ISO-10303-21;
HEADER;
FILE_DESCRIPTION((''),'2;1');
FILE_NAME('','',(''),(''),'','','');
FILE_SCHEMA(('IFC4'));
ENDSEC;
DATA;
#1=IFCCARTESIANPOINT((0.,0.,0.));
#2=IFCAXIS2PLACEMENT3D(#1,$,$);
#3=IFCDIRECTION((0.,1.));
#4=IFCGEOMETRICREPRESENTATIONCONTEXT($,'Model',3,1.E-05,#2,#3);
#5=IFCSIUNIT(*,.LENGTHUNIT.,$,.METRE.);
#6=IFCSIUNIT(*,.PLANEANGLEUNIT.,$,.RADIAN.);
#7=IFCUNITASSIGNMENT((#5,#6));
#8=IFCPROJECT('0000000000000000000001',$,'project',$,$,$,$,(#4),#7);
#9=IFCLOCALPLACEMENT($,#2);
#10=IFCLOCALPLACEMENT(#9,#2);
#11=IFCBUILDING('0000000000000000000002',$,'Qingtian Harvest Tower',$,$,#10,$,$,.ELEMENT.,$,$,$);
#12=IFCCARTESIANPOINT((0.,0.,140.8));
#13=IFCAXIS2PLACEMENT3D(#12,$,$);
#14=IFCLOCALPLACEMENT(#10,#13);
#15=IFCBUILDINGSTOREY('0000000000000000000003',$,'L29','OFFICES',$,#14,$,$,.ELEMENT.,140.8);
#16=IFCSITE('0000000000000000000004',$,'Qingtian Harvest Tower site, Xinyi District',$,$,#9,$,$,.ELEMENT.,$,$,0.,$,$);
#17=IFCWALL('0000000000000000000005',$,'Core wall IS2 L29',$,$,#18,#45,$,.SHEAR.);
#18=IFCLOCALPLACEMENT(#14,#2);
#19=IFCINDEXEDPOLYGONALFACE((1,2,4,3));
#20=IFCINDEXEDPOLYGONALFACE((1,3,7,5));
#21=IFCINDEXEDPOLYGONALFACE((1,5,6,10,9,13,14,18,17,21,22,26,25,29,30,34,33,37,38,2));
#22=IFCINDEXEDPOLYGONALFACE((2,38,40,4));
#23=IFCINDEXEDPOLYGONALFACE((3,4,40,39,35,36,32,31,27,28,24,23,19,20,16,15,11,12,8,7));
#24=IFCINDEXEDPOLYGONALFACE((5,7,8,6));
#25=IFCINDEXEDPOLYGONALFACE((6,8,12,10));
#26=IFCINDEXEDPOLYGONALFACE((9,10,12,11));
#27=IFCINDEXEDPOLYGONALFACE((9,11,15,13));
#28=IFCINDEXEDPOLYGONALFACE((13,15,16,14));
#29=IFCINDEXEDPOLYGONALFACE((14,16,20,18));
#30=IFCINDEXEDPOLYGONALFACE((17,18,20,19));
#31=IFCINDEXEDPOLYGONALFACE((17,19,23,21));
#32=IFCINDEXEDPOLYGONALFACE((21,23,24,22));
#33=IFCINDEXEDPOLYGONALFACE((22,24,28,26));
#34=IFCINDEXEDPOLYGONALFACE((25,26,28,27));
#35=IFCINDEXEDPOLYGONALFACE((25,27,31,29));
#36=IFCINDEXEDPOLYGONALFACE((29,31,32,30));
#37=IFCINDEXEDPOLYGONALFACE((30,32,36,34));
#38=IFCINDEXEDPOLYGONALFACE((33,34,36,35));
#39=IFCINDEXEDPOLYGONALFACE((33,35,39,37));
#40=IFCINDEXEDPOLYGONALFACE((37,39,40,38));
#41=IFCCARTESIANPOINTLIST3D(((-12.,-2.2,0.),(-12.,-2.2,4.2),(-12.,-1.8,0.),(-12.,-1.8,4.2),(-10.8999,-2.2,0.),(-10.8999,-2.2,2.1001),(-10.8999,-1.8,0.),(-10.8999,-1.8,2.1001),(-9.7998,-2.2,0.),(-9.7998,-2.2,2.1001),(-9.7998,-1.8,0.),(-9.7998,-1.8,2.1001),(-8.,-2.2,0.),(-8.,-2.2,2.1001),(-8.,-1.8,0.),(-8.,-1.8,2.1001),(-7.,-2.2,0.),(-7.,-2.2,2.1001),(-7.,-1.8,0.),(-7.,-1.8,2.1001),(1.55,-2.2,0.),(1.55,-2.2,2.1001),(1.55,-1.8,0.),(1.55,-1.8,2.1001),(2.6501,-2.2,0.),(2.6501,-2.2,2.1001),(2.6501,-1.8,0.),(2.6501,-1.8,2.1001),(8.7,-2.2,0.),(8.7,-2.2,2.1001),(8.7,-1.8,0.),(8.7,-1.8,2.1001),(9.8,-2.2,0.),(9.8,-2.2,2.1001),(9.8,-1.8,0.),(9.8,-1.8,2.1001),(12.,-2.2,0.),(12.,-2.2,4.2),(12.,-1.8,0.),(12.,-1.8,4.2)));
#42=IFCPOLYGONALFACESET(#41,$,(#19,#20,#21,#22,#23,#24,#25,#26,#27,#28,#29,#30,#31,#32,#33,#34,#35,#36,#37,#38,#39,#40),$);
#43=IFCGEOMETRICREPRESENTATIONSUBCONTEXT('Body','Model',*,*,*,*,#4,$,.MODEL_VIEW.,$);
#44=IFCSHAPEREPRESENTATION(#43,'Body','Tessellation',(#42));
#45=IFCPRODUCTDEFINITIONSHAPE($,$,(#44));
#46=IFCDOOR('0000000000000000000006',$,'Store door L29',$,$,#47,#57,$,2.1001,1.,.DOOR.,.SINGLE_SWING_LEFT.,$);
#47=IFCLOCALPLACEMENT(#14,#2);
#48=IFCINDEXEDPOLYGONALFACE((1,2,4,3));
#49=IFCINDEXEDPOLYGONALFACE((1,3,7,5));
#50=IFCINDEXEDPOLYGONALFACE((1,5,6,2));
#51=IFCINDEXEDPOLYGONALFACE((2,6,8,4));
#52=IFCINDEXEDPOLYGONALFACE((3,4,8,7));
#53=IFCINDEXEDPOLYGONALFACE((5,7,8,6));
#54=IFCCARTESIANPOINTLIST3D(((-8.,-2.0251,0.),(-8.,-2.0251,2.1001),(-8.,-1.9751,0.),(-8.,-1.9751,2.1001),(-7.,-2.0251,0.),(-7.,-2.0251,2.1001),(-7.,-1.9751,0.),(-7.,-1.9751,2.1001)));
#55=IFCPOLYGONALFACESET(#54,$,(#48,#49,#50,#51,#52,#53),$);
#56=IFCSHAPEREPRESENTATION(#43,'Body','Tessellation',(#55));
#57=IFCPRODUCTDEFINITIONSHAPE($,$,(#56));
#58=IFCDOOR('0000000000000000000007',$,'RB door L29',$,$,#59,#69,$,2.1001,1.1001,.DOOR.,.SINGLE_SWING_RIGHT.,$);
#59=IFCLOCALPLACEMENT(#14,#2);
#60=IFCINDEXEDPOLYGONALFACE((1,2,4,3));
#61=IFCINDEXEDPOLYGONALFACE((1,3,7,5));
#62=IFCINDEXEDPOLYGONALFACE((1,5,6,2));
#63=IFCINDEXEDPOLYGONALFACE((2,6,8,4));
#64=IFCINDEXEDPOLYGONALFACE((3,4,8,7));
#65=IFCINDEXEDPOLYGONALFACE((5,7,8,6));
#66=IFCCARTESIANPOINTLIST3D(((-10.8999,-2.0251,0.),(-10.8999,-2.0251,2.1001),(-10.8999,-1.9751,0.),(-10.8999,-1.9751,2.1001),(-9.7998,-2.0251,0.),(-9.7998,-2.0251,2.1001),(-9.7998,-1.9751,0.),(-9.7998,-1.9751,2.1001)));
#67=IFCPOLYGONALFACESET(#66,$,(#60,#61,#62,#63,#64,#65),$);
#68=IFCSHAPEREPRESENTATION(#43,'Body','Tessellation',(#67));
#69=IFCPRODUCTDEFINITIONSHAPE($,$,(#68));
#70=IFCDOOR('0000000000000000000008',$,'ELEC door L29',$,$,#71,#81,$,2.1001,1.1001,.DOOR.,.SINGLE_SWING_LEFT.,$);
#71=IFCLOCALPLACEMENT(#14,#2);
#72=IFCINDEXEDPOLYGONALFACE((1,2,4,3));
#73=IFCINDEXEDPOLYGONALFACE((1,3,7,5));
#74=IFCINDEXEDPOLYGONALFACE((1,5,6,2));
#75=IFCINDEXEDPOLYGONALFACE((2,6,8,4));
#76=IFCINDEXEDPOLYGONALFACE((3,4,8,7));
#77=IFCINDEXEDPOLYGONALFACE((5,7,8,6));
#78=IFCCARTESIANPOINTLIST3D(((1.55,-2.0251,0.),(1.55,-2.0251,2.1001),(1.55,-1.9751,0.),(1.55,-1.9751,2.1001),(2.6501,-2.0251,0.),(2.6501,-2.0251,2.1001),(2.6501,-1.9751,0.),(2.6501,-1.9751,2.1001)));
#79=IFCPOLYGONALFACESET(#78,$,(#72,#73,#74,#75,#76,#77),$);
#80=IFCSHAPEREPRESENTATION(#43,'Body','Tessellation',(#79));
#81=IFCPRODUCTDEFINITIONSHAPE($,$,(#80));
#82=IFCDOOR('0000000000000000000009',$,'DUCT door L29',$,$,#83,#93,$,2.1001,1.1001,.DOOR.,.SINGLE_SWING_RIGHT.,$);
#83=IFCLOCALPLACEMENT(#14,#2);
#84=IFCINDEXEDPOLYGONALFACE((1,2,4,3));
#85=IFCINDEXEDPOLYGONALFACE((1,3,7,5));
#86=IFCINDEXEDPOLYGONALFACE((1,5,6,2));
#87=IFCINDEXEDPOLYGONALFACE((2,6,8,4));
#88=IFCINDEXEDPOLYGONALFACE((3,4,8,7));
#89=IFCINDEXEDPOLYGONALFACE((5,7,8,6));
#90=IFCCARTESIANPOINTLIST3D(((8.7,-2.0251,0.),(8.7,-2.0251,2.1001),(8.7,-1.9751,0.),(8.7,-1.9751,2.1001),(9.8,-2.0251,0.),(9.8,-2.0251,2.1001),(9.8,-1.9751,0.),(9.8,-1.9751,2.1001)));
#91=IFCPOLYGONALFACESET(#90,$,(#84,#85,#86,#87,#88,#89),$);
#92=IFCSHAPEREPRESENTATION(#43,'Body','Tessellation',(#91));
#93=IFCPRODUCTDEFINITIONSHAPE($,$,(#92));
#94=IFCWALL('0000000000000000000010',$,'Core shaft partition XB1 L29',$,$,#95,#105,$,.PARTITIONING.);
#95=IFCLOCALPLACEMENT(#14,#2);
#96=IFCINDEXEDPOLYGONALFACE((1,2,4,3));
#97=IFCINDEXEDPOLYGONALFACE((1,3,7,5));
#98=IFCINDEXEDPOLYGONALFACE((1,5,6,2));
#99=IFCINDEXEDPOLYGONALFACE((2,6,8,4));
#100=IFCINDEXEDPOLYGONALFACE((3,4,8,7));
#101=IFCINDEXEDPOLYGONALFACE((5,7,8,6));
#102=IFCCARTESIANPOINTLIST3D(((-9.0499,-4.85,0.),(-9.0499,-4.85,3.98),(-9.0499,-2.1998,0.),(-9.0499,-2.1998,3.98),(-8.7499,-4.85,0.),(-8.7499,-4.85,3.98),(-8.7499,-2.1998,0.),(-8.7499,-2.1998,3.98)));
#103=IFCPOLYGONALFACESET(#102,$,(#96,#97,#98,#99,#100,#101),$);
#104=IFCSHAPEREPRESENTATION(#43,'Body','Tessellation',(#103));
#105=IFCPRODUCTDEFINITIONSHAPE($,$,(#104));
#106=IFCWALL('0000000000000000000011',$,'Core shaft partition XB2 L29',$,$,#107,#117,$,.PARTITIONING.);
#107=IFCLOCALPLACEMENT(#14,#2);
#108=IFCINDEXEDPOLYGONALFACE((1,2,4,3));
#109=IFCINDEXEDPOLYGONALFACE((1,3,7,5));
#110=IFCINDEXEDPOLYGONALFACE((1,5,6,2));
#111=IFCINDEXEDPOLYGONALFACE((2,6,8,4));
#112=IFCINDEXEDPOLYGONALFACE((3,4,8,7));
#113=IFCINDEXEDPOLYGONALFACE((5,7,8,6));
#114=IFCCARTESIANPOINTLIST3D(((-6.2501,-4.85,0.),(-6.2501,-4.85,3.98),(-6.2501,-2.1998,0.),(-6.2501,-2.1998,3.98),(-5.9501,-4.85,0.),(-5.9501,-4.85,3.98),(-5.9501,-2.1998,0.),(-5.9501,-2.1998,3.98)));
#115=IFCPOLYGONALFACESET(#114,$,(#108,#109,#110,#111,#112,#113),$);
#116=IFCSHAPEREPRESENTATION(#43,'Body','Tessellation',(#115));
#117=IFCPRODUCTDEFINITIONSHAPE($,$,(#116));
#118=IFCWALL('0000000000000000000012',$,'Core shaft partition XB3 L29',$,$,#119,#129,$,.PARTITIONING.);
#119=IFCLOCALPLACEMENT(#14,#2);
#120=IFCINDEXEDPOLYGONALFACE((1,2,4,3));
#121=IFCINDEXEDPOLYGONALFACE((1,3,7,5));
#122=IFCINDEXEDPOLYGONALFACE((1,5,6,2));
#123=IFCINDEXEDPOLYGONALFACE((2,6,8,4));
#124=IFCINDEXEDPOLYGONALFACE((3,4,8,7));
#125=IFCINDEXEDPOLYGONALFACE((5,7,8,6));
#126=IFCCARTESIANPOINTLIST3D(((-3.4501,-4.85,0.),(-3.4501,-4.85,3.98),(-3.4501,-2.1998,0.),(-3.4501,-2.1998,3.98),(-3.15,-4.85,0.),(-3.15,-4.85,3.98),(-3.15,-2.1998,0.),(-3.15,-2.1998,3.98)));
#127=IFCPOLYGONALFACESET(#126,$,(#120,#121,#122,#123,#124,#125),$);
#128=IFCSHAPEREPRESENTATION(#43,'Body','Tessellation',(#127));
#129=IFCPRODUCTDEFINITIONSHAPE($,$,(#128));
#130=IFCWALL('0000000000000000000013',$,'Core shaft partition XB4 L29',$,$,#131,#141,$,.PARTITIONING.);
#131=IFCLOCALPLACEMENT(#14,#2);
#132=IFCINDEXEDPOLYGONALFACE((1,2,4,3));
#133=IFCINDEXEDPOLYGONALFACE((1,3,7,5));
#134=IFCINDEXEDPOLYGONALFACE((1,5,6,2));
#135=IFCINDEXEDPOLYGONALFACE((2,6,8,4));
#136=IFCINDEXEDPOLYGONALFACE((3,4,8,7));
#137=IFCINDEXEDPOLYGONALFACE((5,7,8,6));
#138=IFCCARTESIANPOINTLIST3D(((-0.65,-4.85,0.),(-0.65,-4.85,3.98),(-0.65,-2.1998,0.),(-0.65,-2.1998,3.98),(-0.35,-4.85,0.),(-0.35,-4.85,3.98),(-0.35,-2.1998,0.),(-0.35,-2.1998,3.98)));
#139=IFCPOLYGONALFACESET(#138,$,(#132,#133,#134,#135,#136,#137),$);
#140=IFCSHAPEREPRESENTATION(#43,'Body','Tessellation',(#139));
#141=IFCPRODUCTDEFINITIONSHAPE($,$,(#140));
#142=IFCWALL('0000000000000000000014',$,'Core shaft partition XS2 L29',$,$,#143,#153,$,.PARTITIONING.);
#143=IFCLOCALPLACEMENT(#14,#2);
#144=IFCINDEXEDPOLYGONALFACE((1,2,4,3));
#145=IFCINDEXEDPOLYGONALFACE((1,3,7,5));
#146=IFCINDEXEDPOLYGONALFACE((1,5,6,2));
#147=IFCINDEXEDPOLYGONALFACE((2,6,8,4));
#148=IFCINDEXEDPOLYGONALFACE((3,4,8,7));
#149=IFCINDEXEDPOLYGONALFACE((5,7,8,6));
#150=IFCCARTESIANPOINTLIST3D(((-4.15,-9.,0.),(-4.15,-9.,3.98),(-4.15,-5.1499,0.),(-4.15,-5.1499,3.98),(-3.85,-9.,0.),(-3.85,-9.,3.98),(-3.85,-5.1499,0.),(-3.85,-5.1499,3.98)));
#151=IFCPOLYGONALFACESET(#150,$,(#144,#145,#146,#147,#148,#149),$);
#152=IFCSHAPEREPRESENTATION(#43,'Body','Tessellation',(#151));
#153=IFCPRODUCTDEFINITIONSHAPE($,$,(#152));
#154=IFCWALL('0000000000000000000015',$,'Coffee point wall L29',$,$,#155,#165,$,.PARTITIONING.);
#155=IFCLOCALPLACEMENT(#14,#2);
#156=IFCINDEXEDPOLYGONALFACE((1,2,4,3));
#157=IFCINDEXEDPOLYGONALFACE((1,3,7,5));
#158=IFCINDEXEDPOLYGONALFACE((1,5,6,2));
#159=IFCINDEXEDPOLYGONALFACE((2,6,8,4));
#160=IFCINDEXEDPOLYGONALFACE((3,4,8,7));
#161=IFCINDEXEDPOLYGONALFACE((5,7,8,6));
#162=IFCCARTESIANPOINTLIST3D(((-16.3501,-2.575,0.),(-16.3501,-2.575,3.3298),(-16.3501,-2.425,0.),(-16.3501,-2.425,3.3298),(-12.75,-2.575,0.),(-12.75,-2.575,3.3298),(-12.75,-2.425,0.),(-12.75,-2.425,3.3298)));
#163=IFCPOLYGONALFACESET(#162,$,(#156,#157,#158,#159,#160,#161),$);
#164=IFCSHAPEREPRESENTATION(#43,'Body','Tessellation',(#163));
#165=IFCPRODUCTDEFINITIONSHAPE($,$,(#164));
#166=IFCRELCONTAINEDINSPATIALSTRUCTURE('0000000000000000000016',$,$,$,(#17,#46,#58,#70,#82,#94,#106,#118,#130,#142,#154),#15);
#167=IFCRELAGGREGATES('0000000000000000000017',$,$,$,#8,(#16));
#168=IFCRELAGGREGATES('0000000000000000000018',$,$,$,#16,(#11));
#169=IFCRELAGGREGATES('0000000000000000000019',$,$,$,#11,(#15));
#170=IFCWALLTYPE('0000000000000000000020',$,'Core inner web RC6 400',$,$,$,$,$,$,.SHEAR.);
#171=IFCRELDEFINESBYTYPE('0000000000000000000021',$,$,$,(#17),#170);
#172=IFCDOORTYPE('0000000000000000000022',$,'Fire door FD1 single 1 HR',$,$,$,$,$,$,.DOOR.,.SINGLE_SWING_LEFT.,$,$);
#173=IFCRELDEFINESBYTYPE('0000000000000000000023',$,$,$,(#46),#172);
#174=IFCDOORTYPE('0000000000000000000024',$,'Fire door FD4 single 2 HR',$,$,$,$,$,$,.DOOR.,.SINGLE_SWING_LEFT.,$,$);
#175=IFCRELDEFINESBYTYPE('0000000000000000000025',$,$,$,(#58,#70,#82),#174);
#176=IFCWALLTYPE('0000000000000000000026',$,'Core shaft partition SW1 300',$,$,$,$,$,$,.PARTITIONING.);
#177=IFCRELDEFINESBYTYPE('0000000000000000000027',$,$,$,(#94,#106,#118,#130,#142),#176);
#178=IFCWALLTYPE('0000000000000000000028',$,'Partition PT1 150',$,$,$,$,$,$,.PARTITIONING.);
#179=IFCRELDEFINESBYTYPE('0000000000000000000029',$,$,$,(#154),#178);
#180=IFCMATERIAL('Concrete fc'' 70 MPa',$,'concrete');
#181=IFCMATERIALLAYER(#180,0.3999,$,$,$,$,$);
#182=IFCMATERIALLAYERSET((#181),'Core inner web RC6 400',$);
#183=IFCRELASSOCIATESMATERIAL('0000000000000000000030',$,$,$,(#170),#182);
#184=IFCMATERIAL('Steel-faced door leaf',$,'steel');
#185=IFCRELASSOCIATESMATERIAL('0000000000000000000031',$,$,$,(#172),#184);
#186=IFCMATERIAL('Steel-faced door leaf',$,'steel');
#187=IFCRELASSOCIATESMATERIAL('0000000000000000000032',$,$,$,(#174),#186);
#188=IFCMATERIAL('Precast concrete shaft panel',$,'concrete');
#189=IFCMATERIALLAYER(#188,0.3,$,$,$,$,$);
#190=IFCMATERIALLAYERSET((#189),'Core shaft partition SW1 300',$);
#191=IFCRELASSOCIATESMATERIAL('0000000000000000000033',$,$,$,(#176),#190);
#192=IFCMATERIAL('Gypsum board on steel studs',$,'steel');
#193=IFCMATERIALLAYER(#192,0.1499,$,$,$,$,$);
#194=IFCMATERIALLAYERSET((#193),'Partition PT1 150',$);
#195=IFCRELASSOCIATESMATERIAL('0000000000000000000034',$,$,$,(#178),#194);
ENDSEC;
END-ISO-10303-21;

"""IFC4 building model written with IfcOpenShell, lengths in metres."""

from ifc_helpers import new_model, si_unit, direction, frame, frame_2d, origin, place, context, subcontext, project, spatial, rectangle, extrude, material, layer, layer_set, type_object, element, fill, save


model = new_model("IFC4")

# Units and contexts
model_context = context("Model", 3, precision=1e-05, world=origin(), true_north=direction((0.0, 1.0)))
body_context = subcontext(model_context, "Body", "Model", "MODEL_VIEW")
ifc_project = project(units=[si_unit("LENGTHUNIT", "METRE"), si_unit("PLANEANGLEUNIT", "RADIAN")], contexts=[model_context])

# Site, building, storey
site_placement = place(None, origin())
site = spatial("IfcSite", under=ifc_project, at=site_placement, Name="Qingtian Harvest Tower site, Xinyi District", CompositionType="ELEMENT", RefElevation=0.0)
building_placement = place(site_placement, origin())
building = spatial("IfcBuilding", under=site, at=building_placement, Name="Qingtian Harvest Tower", CompositionType="ELEMENT")
storey_placement = place(building_placement, frame((0.0, 0.0, 140.8)))
storey = spatial("IfcBuildingStorey", under=building, at=storey_placement, Name="L29", Description="OFFICES", CompositionType="ELEMENT", Elevation=140.8)

# Wall, openings, doors
ifc_material_1 = material(Name="Concrete fc' 70 MPa", Category="concrete")
ifc_layer_1 = layer(ifc_material_1, 0.3999)
ifc_layer_set_1 = layer_set([ifc_layer_1], Name="Core inner web RC6 400")
wall_type_1 = type_object("IfcWallType", Name="Core inner web RC6 400", PredefinedType="SHEAR", material=ifc_layer_set_1)
wall_1_placement = place(storey_placement, frame((-12.0, -2.0, 0.0), z_axis=(0.0, 0.0, 1.0), x_axis=(1.0, 0.0, 0.0)))
wall_1 = element("IfcWall", 1, at=wall_1_placement, inside=storey, type_object=wall_type_1, Name="Core wall IS2 L29", PredefinedType="SHEAR", context=body_context, shape_type="SweptSolid", body=[
    extrude(rectangle(XDim=24.0, YDim=0.3999, at=frame_2d((12.0, 0.0))), origin(), (0.0, 0.0, 1.0), 4.2),
])
opening_1_placement = place(wall_1_placement, frame((1.1001, 0.0, 0.0)))
opening_1 = element("IfcOpeningElement", 2, at=opening_1_placement, cuts=wall_1, PredefinedType="OPENING", context=body_context, shape_type="SweptSolid", body=[
    extrude(rectangle(XDim=1.1001, YDim=2.1001, at=frame_2d((0.55, 1.05))), frame((0.0, 0.21, 0.0), z_axis=(0.0, -1.0, 0.0), x_axis=(1.0, 0.0, 0.0)), (0.0, 0.0, 1.0), 0.4199),
])
opening_2_placement = place(wall_1_placement, frame((13.55, 0.0, 0.0)))
opening_2 = element("IfcOpeningElement", 3, at=opening_2_placement, cuts=wall_1, PredefinedType="OPENING", context=body_context, shape_type="SweptSolid", body=[
    extrude(rectangle(XDim=1.1001, YDim=2.1001, at=frame_2d((0.55, 1.05))), frame((0.0, 0.21, 0.0), z_axis=(0.0, -1.0, 0.0), x_axis=(1.0, 0.0, 0.0)), (0.0, 0.0, 1.0), 0.4199),
])
opening_3_placement = place(wall_1_placement, frame((20.7, 0.0, 0.0)))
opening_3 = element("IfcOpeningElement", 4, at=opening_3_placement, cuts=wall_1, PredefinedType="OPENING", context=body_context, shape_type="SweptSolid", body=[
    extrude(rectangle(XDim=1.1001, YDim=2.1001, at=frame_2d((0.55, 1.05))), frame((0.0, 0.21, 0.0), z_axis=(0.0, -1.0, 0.0), x_axis=(1.0, 0.0, 0.0)), (0.0, 0.0, 1.0), 0.4199),
])
opening_4_placement = place(wall_1_placement, frame((4.0, 0.0, 0.0)))
opening_4 = element("IfcOpeningElement", 5, at=opening_4_placement, cuts=wall_1, PredefinedType="OPENING", context=body_context, shape_type="SweptSolid", body=[
    extrude(rectangle(XDim=1.0, YDim=2.1001, at=frame_2d((0.5, 1.05))), frame((0.0, 0.21, 0.0), z_axis=(0.0, -1.0, 0.0), x_axis=(1.0, 0.0, 0.0)), (0.0, 0.0, 1.0), 0.4199),
])
ifc_material_2 = material(Name="Steel-faced door leaf", Category="steel")
door_type_1 = type_object("IfcDoorType", Name="Fire door FD1 single 1 HR", OperationType="SINGLE_SWING_LEFT", PredefinedType="DOOR", material=ifc_material_2)
door_1_placement = place(opening_4_placement, origin())
door_1 = element("IfcDoor", 6, at=door_1_placement, inside=storey, type_object=door_type_1, Name="Store door L29", OperationType="SINGLE_SWING_LEFT", OverallHeight=2.1001, OverallWidth=1.0, PredefinedType="DOOR", context=body_context, shape_type="SweptSolid", body=[
    extrude(rectangle(XDim=1.0, YDim=2.1001, at=frame_2d((0.5, 1.05))), frame((0.0, 0.0249, 0.0), z_axis=(0.0, -1.0, 0.0), x_axis=(1.0, 0.0, 0.0)), (0.0, 0.0, 1.0), 0.05),
])
fill(opening_4, door_1)
ifc_material_3 = material(Name="Steel-faced door leaf", Category="steel")
door_type_2 = type_object("IfcDoorType", Name="Fire door FD4 single 2 HR", OperationType="SINGLE_SWING_LEFT", PredefinedType="DOOR", material=ifc_material_3)
door_2_placement = place(opening_1_placement, origin())
door_2 = element("IfcDoor", 7, at=door_2_placement, inside=storey, type_object=door_type_2, Name="RB door L29", OperationType="SINGLE_SWING_RIGHT", OverallHeight=2.1001, OverallWidth=1.1001, PredefinedType="DOOR", context=body_context, shape_type="SweptSolid", body=[
    extrude(rectangle(XDim=1.1001, YDim=2.1001, at=frame_2d((0.55, 1.05))), frame((0.0, 0.0249, 0.0), z_axis=(0.0, -1.0, 0.0), x_axis=(1.0, 0.0, 0.0)), (0.0, 0.0, 1.0), 0.05),
])
fill(opening_1, door_2)
door_3_placement = place(opening_2_placement, origin())
door_3 = element("IfcDoor", 8, at=door_3_placement, inside=storey, type_object=door_type_2, Name="ELEC door L29", OperationType="SINGLE_SWING_LEFT", OverallHeight=2.1001, OverallWidth=1.1001, PredefinedType="DOOR", context=body_context, shape_type="SweptSolid", body=[
    extrude(rectangle(XDim=1.1001, YDim=2.1001, at=frame_2d((0.55, 1.05))), frame((0.0, 0.0249, 0.0), z_axis=(0.0, -1.0, 0.0), x_axis=(1.0, 0.0, 0.0)), (0.0, 0.0, 1.0), 0.05),
])
fill(opening_2, door_3)
door_4_placement = place(opening_3_placement, origin())
door_4 = element("IfcDoor", 9, at=door_4_placement, inside=storey, type_object=door_type_2, Name="DUCT door L29", OperationType="SINGLE_SWING_RIGHT", OverallHeight=2.1001, OverallWidth=1.1001, PredefinedType="DOOR", context=body_context, shape_type="SweptSolid", body=[
    extrude(rectangle(XDim=1.1001, YDim=2.1001, at=frame_2d((0.55, 1.05))), frame((0.0, 0.0249, 0.0), z_axis=(0.0, -1.0, 0.0), x_axis=(1.0, 0.0, 0.0)), (0.0, 0.0, 1.0), 0.05),
])
fill(opening_3, door_4)

# Walls
ifc_material_4 = material(Name="Precast concrete shaft panel", Category="concrete")
ifc_layer_2 = layer(ifc_material_4, 0.3)
ifc_layer_set_2 = layer_set([ifc_layer_2], Name="Core shaft partition SW1 300")
wall_type_2 = type_object("IfcWallType", Name="Core shaft partition SW1 300", PredefinedType="PARTITIONING", material=ifc_layer_set_2)
for number, where, z_axis, x_axis, name in (
    (10, (-8.8999, -4.8501, 0.0), (0.0, 0.0, 1.0), (0.0, 1.0, 0.0), "Core shaft partition XB1 L29"),
    (11, (-6.1001, -4.8501, 0.0), (0.0, 0.0, 1.0), (0.0, 1.0, 0.0), "Core shaft partition XB2 L29"),
    (12, (-3.3, -4.8501, 0.0), (0.0, 0.0, 1.0), (0.0, 1.0, 0.0), "Core shaft partition XB3 L29"),
    (13, (-0.5, -4.8501, 0.0), (0.0, 0.0, 1.0), (0.0, 1.0, 0.0), "Core shaft partition XB4 L29"),
):
    element("IfcWall", number, at=place(storey_placement, frame(where, z_axis=z_axis, x_axis=x_axis)), inside=storey, type_object=wall_type_2, Name=name, PredefinedType="PARTITIONING", context=body_context, shape_type="SweptSolid", body=[
        extrude(rectangle(XDim=2.6501, YDim=0.3, at=frame_2d((1.3252, 0.0))), origin(), (0.0, 0.0, 1.0), 3.98),
    ])
wall_2_placement = place(storey_placement, frame((-4.0, -9.0, 0.0), z_axis=(0.0, 0.0, 1.0), x_axis=(0.0, 1.0, 0.0)))
element("IfcWall", 14, at=wall_2_placement, inside=storey, type_object=wall_type_2, Name="Core shaft partition XS2 L29", PredefinedType="PARTITIONING", context=body_context, shape_type="SweptSolid", body=[
    extrude(rectangle(XDim=3.8501, YDim=0.3, at=frame_2d((1.925, 0.0))), origin(), (0.0, 0.0, 1.0), 3.98),
])

# Wall
ifc_material_5 = material(Name="Gypsum board on steel studs", Category="steel")
ifc_layer_3 = layer(ifc_material_5, 0.1499)
ifc_layer_set_3 = layer_set([ifc_layer_3], Name="Partition PT1 150")
wall_type_3 = type_object("IfcWallType", Name="Partition PT1 150", PredefinedType="PARTITIONING", material=ifc_layer_set_3)
wall_3_placement = place(storey_placement, frame((-12.75, -2.5, 0.0), z_axis=(0.0, 0.0, 1.0), x_axis=(-1.0, 0.0, 0.0)))
element("IfcWall", 15, at=wall_3_placement, inside=storey, type_object=wall_type_3, Name="Coffee point wall L29", PredefinedType="PARTITIONING", context=body_context, shape_type="SweptSolid", body=[
    extrude(rectangle(XDim=3.6001, YDim=0.1499, at=frame_2d((1.8, 0.0))), origin(), (0.0, 0.0, 1.0), 3.3298),
])

save(model, "model.ifc")
